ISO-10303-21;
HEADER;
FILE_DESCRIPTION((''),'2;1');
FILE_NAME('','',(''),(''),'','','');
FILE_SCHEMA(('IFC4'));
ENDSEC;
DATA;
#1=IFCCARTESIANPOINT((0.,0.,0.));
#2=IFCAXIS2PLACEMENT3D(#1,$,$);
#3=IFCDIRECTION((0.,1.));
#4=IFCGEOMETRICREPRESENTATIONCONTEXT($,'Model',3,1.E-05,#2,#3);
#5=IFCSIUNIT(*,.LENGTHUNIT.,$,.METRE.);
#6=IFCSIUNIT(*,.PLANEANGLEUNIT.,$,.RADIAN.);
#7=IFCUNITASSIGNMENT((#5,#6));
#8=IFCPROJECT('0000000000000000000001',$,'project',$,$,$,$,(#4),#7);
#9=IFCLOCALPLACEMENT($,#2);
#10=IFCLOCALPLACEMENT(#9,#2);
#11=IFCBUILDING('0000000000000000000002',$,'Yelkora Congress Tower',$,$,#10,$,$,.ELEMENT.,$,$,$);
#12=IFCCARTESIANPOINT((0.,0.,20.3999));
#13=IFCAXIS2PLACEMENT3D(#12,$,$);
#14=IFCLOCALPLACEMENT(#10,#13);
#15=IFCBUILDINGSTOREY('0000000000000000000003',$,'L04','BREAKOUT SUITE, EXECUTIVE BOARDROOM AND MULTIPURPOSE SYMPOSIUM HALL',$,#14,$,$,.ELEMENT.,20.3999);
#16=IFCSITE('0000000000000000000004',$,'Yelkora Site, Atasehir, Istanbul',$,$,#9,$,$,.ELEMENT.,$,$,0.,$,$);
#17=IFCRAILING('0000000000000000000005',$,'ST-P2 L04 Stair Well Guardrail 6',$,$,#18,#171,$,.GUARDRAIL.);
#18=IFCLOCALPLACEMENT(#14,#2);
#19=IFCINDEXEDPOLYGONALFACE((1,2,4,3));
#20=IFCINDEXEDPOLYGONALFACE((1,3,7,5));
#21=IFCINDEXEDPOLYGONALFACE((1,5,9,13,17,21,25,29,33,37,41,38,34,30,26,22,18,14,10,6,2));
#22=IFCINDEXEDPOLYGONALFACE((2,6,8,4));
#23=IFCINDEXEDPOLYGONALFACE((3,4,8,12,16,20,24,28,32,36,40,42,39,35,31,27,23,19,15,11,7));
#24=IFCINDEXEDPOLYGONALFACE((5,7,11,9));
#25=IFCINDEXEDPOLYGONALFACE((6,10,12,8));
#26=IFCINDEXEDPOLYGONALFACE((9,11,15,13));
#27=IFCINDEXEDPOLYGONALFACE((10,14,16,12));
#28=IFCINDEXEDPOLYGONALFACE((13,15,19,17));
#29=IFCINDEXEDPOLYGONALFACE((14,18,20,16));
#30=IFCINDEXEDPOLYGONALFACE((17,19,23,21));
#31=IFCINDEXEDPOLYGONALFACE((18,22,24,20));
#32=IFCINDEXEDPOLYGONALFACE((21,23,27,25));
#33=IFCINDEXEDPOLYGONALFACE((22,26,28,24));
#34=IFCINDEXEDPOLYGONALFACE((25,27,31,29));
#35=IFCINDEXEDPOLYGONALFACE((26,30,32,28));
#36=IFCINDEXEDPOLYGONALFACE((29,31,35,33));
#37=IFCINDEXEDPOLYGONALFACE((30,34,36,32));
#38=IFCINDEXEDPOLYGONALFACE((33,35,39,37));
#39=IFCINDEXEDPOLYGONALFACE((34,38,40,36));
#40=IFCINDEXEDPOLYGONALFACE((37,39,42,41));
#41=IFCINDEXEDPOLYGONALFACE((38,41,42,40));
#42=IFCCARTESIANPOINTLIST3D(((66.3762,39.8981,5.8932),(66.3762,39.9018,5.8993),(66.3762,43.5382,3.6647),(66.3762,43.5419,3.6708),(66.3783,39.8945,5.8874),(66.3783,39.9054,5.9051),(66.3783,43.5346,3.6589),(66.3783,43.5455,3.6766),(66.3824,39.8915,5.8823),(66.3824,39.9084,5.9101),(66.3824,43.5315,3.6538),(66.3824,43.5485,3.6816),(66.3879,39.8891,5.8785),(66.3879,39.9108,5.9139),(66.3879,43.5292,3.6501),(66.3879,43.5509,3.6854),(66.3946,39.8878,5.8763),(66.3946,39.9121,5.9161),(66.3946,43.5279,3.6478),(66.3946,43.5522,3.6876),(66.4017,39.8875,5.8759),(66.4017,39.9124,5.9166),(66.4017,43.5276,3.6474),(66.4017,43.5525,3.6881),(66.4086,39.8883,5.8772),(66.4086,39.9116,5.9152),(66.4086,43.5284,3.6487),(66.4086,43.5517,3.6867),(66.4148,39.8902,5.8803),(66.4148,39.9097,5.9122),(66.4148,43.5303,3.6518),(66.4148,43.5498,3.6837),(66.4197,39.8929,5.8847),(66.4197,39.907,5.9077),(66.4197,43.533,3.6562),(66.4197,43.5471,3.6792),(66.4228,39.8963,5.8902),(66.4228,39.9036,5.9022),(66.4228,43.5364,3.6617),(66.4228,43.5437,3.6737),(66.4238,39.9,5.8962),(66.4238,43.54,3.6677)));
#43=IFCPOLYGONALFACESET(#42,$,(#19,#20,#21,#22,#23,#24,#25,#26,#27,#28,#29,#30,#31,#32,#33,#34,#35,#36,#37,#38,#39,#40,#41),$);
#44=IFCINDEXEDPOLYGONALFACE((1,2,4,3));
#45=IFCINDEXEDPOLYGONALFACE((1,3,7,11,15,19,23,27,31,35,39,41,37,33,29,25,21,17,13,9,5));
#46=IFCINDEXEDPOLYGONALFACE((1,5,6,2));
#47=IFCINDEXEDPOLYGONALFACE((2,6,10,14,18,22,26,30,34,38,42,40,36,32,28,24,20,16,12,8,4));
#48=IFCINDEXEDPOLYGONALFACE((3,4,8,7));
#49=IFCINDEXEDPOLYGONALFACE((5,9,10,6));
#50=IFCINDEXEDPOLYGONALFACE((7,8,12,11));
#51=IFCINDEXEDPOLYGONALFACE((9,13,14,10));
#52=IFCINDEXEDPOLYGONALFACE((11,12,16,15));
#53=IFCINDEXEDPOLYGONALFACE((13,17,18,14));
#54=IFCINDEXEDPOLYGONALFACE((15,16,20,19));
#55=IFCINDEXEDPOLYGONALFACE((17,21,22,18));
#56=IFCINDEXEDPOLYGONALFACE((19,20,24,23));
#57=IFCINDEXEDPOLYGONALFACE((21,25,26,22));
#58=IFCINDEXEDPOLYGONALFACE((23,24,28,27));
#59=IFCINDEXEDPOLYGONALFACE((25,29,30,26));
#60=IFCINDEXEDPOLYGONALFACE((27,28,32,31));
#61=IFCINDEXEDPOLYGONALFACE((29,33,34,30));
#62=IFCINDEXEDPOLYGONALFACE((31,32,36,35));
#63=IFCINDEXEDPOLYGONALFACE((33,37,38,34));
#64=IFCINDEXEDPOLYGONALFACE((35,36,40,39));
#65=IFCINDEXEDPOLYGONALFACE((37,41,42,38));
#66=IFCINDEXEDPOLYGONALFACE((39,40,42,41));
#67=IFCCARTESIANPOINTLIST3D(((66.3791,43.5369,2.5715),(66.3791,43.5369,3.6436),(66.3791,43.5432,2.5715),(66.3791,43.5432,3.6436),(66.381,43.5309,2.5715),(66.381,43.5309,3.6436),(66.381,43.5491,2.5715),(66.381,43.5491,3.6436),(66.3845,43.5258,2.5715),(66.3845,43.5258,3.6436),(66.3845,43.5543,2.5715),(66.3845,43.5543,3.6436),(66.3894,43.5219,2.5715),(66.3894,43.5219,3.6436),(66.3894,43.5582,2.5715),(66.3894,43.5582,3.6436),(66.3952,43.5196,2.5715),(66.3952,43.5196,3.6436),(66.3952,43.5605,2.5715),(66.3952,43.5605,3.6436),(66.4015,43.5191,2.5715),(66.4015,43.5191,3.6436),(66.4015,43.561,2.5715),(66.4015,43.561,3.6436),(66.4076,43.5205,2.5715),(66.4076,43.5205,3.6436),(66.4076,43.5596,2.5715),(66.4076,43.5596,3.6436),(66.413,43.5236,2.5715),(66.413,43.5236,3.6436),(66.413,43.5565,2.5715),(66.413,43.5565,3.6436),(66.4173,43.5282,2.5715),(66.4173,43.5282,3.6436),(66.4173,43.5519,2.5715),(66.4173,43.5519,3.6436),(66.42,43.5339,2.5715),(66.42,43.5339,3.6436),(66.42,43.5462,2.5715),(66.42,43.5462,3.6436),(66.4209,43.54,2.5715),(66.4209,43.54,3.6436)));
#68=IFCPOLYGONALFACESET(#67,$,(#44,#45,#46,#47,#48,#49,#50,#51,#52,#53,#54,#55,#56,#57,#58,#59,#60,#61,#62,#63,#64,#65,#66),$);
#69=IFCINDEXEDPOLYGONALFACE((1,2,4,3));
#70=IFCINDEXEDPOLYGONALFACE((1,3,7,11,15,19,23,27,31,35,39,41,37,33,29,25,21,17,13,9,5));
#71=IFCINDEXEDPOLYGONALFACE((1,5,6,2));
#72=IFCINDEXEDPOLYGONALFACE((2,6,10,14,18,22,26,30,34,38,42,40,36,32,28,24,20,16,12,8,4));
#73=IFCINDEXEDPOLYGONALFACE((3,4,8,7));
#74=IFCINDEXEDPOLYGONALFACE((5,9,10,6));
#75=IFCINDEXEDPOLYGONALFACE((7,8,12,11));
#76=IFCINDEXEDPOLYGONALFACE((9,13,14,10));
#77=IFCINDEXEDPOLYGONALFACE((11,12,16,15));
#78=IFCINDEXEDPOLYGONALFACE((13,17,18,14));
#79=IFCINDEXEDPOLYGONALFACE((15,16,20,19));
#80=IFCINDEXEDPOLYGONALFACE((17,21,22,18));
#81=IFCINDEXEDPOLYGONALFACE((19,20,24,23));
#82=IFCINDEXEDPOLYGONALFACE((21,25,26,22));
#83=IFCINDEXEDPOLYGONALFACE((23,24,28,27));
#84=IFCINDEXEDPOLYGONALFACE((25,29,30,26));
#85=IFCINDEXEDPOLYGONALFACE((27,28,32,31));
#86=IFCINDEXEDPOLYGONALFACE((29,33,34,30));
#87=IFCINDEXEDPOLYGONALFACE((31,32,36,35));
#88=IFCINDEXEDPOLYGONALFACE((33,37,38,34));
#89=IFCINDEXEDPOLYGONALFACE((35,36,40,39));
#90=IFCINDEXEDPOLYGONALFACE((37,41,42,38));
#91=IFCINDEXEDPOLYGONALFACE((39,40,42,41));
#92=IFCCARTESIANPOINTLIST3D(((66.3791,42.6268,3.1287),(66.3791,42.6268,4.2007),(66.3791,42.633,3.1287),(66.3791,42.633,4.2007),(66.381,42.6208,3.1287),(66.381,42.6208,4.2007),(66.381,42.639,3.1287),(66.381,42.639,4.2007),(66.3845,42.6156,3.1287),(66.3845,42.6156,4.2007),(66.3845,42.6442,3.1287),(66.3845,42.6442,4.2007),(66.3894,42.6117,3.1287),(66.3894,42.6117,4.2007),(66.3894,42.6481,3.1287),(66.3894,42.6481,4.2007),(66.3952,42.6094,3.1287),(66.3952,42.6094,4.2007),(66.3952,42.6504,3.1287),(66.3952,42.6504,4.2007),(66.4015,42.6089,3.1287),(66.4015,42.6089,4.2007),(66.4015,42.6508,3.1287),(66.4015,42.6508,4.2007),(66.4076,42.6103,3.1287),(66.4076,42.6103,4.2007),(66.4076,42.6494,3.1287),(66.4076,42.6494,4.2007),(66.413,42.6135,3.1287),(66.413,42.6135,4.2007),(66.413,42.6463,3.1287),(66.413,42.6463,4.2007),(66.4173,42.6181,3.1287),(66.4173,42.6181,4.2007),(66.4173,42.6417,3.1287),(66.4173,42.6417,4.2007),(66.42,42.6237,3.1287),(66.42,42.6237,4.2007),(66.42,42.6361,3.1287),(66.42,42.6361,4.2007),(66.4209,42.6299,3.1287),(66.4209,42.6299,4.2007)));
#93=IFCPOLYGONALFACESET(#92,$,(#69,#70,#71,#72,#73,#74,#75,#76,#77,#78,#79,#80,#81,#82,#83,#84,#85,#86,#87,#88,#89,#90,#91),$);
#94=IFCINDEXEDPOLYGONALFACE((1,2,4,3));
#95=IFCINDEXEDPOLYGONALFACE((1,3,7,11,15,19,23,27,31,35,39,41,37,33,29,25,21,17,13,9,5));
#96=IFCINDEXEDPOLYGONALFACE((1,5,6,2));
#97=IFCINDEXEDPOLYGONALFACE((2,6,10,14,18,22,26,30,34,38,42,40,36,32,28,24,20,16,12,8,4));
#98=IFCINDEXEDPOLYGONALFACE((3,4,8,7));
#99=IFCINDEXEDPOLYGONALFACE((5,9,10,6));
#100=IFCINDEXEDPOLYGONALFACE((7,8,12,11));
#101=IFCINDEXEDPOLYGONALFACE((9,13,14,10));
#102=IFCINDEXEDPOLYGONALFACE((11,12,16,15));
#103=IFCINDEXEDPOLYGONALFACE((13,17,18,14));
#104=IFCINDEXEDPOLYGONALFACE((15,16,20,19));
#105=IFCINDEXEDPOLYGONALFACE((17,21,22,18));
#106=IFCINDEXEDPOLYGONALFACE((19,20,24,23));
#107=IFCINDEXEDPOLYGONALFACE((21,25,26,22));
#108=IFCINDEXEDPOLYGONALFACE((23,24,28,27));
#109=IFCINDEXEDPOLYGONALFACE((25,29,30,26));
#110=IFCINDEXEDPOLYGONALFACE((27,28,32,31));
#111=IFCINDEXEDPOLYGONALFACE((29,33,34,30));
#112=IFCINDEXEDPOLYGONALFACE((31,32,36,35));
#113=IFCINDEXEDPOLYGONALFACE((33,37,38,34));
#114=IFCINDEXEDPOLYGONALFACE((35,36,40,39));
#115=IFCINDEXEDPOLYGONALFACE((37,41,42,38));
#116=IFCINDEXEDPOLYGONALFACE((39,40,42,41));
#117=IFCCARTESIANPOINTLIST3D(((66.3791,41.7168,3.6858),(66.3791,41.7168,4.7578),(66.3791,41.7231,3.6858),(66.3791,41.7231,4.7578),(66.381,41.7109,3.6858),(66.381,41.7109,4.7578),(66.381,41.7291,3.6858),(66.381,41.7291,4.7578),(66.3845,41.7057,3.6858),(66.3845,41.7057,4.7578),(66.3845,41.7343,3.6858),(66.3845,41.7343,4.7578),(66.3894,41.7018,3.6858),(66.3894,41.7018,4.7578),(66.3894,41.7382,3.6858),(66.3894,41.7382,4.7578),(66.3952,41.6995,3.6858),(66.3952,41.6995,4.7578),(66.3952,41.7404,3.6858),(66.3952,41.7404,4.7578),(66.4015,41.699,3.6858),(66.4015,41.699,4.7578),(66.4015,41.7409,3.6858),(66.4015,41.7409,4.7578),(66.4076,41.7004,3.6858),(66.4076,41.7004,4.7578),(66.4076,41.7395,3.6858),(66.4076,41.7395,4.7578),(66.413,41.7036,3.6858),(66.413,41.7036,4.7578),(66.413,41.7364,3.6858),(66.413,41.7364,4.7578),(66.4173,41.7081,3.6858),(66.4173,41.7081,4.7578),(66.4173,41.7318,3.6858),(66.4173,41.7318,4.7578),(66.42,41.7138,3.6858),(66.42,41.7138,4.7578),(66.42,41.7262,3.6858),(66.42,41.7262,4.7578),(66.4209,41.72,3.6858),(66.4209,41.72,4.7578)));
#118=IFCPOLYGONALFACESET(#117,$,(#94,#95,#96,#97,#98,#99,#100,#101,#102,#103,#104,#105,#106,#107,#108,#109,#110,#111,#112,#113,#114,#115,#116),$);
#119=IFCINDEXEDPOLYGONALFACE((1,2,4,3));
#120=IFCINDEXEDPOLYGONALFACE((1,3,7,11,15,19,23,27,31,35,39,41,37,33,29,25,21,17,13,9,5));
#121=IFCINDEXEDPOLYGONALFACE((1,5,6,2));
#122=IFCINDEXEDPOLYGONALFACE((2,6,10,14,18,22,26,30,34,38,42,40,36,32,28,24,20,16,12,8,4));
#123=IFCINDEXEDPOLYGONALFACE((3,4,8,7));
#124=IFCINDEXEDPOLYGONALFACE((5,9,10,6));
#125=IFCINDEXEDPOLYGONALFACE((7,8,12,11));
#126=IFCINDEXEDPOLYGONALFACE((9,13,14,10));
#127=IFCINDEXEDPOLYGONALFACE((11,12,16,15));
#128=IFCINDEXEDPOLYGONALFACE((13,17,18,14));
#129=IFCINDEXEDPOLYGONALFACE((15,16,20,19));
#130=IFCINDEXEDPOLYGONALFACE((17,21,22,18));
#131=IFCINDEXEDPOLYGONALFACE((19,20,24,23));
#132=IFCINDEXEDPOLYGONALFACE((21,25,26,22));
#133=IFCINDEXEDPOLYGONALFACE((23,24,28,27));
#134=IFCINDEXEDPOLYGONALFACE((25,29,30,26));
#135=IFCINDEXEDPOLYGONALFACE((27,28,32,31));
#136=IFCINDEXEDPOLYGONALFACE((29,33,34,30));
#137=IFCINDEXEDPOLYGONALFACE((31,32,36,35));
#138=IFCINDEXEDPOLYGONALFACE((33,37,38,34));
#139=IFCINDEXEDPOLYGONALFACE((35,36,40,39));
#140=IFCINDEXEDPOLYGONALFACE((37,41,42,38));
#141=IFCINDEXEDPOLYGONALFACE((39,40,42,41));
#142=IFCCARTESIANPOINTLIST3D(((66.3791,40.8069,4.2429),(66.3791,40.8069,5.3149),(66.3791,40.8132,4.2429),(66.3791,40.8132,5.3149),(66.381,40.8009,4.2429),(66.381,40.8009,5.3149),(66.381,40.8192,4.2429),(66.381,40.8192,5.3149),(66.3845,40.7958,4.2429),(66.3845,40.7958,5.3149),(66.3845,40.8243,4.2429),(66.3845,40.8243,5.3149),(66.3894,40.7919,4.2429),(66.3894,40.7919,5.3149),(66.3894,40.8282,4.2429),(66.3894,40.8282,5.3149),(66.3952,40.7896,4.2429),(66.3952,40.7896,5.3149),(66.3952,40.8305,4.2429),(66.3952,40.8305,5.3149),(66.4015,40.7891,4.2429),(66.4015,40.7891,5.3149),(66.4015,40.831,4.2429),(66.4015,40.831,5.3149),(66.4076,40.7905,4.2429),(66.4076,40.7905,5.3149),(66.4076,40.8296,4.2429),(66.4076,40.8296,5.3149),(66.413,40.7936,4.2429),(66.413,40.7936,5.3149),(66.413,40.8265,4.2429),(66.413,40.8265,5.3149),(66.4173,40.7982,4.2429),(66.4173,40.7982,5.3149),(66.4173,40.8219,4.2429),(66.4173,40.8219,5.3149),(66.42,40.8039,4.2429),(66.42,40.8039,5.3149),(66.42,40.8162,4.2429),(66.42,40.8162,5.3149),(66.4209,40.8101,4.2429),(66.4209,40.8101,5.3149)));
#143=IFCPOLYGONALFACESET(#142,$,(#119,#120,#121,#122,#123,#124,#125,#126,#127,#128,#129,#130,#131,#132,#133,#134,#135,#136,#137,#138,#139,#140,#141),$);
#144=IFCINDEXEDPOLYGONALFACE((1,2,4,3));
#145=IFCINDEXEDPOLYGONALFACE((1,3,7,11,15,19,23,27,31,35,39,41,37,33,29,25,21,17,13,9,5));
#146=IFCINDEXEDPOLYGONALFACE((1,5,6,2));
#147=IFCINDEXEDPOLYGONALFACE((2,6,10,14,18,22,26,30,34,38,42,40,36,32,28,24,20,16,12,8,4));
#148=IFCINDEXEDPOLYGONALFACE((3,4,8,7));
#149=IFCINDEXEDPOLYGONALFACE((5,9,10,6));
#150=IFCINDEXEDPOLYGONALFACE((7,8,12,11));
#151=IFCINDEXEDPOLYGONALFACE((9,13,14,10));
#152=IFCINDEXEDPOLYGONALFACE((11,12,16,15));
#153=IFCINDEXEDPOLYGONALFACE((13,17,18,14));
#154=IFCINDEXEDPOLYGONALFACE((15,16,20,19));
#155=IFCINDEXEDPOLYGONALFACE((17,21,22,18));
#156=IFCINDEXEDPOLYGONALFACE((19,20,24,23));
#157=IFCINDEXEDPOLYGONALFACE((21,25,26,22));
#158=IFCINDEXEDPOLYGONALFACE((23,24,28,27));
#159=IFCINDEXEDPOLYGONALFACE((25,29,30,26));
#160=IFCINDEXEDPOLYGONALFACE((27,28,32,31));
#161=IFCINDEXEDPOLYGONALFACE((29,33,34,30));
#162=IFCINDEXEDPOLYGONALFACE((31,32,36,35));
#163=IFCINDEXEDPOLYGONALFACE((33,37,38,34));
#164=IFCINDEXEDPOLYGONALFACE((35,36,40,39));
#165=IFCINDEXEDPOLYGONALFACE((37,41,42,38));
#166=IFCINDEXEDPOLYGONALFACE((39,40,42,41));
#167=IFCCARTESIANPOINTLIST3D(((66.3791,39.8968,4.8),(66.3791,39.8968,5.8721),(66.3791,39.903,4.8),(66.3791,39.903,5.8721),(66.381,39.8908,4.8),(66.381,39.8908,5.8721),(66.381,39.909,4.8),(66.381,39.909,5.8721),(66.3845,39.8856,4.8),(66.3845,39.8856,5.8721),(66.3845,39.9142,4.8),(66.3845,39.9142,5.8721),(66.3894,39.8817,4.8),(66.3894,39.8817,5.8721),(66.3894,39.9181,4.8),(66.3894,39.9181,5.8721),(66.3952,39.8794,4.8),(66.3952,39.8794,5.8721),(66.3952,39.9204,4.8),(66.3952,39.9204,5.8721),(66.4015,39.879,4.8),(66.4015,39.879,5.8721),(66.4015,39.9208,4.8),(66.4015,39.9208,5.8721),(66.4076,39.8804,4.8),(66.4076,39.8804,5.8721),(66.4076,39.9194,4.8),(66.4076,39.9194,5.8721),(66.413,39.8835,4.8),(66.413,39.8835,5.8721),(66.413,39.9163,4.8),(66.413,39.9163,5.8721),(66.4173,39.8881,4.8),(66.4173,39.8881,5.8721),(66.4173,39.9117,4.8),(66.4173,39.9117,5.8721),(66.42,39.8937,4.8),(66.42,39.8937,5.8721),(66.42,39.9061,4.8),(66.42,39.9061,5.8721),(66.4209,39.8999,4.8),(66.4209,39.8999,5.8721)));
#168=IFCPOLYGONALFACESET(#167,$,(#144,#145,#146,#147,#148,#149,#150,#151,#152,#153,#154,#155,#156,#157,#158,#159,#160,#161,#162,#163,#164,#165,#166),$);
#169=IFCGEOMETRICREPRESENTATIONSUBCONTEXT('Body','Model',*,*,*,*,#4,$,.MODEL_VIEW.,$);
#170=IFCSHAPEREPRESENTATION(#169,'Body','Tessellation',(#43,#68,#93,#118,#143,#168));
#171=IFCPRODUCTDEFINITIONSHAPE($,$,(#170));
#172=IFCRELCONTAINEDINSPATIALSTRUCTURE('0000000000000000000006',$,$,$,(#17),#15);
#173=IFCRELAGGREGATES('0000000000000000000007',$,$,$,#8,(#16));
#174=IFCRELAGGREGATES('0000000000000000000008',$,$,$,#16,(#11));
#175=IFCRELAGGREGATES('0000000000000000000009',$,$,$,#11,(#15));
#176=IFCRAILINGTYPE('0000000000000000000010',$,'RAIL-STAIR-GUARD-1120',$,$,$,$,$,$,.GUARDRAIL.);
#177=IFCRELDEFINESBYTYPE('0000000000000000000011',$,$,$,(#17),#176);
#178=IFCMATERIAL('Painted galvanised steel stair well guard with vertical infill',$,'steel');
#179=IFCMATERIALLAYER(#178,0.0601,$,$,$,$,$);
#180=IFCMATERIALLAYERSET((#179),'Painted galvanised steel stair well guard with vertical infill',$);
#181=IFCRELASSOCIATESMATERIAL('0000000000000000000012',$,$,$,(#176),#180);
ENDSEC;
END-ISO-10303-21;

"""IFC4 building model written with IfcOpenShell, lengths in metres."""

from ifc_helpers import new_model, si_unit, direction, frame, origin, origin_2d, place, context, subcontext, project, spatial, circle, extrude, material, layer, layer_set, type_object, element, save


model = new_model("IFC4")

# Units and contexts
model_context = context("Model", 3, precision=1e-05, world=origin(), true_north=direction((0.0, 1.0)))
body_context = subcontext(model_context, "Body", "Model", "MODEL_VIEW")
ifc_project = project(units=[si_unit("LENGTHUNIT", "METRE"), si_unit("PLANEANGLEUNIT", "RADIAN")], contexts=[model_context])

# Site, building, storey
site_placement = place(None, origin())
site = spatial("IfcSite", under=ifc_project, at=site_placement, Name="Yelkora Site, Atasehir, Istanbul", CompositionType="ELEMENT", RefElevation=0.0)
building_placement = place(site_placement, origin())
building = spatial("IfcBuilding", under=site, at=building_placement, Name="Yelkora Congress Tower", CompositionType="ELEMENT")
storey_placement = place(building_placement, frame((0.0, 0.0, 20.3999)))
storey = spatial("IfcBuildingStorey", under=building, at=storey_placement, Name="L04", Description="BREAKOUT SUITE, EXECUTIVE BOARDROOM AND MULTIPURPOSE SYMPOSIUM HALL", CompositionType="ELEMENT", Elevation=20.3999)

# Railing
ifc_material_1 = material(Name="Painted galvanised steel stair well guard with vertical infill", Category="steel")
ifc_layer_1 = layer(ifc_material_1, 0.0601)
ifc_layer_set_1 = layer_set([ifc_layer_1], Name="Painted galvanised steel stair well guard with vertical infill")
railing_type_1 = type_object("IfcRailingType", Name="RAIL-STAIR-GUARD-1120", PredefinedType="GUARDRAIL", material=ifc_layer_set_1)
railing_1_placement = place(storey_placement, frame((66.3999, 43.54, 2.5715)))
element("IfcRailing", 1, at=railing_1_placement, inside=storey, type_object=railing_type_1, Name="ST-P2 L04 Stair Well Guardrail 6", PredefinedType="GUARDRAIL", context=body_context, shape_type="SweptSolid", body=[
    extrude(circle(Radius=0.0239, at=origin_2d()), frame((0.0, 0.0, 1.0962), z_axis=(0.0, -0.852866, 0.52213), x_axis=(1.0, 0.0, 0.0)), (0.0, 0.0, 1.0), 4.2681),
    extrude(circle(Radius=0.021, at=origin_2d()), origin(), (0.0, 0.0, 1.0), 1.072),
    extrude(circle(Radius=0.021, at=origin_2d()), frame((0.0, -0.9102, 0.5571)), (0.0, 0.0, 1.0), 1.072),
    extrude(circle(Radius=0.021, at=origin_2d()), frame((0.0, -1.8201, 1.1143)), (0.0, 0.0, 1.0), 1.072),
    extrude(circle(Radius=0.021, at=origin_2d()), frame((0.0, -2.73, 1.6714)), (0.0, 0.0, 1.0), 1.072),
    extrude(circle(Radius=0.021, at=origin_2d()), frame((0.0, -3.6401, 2.2285)), (0.0, 0.0, 1.0), 1.072),
])

save(model, "model.ifc")
